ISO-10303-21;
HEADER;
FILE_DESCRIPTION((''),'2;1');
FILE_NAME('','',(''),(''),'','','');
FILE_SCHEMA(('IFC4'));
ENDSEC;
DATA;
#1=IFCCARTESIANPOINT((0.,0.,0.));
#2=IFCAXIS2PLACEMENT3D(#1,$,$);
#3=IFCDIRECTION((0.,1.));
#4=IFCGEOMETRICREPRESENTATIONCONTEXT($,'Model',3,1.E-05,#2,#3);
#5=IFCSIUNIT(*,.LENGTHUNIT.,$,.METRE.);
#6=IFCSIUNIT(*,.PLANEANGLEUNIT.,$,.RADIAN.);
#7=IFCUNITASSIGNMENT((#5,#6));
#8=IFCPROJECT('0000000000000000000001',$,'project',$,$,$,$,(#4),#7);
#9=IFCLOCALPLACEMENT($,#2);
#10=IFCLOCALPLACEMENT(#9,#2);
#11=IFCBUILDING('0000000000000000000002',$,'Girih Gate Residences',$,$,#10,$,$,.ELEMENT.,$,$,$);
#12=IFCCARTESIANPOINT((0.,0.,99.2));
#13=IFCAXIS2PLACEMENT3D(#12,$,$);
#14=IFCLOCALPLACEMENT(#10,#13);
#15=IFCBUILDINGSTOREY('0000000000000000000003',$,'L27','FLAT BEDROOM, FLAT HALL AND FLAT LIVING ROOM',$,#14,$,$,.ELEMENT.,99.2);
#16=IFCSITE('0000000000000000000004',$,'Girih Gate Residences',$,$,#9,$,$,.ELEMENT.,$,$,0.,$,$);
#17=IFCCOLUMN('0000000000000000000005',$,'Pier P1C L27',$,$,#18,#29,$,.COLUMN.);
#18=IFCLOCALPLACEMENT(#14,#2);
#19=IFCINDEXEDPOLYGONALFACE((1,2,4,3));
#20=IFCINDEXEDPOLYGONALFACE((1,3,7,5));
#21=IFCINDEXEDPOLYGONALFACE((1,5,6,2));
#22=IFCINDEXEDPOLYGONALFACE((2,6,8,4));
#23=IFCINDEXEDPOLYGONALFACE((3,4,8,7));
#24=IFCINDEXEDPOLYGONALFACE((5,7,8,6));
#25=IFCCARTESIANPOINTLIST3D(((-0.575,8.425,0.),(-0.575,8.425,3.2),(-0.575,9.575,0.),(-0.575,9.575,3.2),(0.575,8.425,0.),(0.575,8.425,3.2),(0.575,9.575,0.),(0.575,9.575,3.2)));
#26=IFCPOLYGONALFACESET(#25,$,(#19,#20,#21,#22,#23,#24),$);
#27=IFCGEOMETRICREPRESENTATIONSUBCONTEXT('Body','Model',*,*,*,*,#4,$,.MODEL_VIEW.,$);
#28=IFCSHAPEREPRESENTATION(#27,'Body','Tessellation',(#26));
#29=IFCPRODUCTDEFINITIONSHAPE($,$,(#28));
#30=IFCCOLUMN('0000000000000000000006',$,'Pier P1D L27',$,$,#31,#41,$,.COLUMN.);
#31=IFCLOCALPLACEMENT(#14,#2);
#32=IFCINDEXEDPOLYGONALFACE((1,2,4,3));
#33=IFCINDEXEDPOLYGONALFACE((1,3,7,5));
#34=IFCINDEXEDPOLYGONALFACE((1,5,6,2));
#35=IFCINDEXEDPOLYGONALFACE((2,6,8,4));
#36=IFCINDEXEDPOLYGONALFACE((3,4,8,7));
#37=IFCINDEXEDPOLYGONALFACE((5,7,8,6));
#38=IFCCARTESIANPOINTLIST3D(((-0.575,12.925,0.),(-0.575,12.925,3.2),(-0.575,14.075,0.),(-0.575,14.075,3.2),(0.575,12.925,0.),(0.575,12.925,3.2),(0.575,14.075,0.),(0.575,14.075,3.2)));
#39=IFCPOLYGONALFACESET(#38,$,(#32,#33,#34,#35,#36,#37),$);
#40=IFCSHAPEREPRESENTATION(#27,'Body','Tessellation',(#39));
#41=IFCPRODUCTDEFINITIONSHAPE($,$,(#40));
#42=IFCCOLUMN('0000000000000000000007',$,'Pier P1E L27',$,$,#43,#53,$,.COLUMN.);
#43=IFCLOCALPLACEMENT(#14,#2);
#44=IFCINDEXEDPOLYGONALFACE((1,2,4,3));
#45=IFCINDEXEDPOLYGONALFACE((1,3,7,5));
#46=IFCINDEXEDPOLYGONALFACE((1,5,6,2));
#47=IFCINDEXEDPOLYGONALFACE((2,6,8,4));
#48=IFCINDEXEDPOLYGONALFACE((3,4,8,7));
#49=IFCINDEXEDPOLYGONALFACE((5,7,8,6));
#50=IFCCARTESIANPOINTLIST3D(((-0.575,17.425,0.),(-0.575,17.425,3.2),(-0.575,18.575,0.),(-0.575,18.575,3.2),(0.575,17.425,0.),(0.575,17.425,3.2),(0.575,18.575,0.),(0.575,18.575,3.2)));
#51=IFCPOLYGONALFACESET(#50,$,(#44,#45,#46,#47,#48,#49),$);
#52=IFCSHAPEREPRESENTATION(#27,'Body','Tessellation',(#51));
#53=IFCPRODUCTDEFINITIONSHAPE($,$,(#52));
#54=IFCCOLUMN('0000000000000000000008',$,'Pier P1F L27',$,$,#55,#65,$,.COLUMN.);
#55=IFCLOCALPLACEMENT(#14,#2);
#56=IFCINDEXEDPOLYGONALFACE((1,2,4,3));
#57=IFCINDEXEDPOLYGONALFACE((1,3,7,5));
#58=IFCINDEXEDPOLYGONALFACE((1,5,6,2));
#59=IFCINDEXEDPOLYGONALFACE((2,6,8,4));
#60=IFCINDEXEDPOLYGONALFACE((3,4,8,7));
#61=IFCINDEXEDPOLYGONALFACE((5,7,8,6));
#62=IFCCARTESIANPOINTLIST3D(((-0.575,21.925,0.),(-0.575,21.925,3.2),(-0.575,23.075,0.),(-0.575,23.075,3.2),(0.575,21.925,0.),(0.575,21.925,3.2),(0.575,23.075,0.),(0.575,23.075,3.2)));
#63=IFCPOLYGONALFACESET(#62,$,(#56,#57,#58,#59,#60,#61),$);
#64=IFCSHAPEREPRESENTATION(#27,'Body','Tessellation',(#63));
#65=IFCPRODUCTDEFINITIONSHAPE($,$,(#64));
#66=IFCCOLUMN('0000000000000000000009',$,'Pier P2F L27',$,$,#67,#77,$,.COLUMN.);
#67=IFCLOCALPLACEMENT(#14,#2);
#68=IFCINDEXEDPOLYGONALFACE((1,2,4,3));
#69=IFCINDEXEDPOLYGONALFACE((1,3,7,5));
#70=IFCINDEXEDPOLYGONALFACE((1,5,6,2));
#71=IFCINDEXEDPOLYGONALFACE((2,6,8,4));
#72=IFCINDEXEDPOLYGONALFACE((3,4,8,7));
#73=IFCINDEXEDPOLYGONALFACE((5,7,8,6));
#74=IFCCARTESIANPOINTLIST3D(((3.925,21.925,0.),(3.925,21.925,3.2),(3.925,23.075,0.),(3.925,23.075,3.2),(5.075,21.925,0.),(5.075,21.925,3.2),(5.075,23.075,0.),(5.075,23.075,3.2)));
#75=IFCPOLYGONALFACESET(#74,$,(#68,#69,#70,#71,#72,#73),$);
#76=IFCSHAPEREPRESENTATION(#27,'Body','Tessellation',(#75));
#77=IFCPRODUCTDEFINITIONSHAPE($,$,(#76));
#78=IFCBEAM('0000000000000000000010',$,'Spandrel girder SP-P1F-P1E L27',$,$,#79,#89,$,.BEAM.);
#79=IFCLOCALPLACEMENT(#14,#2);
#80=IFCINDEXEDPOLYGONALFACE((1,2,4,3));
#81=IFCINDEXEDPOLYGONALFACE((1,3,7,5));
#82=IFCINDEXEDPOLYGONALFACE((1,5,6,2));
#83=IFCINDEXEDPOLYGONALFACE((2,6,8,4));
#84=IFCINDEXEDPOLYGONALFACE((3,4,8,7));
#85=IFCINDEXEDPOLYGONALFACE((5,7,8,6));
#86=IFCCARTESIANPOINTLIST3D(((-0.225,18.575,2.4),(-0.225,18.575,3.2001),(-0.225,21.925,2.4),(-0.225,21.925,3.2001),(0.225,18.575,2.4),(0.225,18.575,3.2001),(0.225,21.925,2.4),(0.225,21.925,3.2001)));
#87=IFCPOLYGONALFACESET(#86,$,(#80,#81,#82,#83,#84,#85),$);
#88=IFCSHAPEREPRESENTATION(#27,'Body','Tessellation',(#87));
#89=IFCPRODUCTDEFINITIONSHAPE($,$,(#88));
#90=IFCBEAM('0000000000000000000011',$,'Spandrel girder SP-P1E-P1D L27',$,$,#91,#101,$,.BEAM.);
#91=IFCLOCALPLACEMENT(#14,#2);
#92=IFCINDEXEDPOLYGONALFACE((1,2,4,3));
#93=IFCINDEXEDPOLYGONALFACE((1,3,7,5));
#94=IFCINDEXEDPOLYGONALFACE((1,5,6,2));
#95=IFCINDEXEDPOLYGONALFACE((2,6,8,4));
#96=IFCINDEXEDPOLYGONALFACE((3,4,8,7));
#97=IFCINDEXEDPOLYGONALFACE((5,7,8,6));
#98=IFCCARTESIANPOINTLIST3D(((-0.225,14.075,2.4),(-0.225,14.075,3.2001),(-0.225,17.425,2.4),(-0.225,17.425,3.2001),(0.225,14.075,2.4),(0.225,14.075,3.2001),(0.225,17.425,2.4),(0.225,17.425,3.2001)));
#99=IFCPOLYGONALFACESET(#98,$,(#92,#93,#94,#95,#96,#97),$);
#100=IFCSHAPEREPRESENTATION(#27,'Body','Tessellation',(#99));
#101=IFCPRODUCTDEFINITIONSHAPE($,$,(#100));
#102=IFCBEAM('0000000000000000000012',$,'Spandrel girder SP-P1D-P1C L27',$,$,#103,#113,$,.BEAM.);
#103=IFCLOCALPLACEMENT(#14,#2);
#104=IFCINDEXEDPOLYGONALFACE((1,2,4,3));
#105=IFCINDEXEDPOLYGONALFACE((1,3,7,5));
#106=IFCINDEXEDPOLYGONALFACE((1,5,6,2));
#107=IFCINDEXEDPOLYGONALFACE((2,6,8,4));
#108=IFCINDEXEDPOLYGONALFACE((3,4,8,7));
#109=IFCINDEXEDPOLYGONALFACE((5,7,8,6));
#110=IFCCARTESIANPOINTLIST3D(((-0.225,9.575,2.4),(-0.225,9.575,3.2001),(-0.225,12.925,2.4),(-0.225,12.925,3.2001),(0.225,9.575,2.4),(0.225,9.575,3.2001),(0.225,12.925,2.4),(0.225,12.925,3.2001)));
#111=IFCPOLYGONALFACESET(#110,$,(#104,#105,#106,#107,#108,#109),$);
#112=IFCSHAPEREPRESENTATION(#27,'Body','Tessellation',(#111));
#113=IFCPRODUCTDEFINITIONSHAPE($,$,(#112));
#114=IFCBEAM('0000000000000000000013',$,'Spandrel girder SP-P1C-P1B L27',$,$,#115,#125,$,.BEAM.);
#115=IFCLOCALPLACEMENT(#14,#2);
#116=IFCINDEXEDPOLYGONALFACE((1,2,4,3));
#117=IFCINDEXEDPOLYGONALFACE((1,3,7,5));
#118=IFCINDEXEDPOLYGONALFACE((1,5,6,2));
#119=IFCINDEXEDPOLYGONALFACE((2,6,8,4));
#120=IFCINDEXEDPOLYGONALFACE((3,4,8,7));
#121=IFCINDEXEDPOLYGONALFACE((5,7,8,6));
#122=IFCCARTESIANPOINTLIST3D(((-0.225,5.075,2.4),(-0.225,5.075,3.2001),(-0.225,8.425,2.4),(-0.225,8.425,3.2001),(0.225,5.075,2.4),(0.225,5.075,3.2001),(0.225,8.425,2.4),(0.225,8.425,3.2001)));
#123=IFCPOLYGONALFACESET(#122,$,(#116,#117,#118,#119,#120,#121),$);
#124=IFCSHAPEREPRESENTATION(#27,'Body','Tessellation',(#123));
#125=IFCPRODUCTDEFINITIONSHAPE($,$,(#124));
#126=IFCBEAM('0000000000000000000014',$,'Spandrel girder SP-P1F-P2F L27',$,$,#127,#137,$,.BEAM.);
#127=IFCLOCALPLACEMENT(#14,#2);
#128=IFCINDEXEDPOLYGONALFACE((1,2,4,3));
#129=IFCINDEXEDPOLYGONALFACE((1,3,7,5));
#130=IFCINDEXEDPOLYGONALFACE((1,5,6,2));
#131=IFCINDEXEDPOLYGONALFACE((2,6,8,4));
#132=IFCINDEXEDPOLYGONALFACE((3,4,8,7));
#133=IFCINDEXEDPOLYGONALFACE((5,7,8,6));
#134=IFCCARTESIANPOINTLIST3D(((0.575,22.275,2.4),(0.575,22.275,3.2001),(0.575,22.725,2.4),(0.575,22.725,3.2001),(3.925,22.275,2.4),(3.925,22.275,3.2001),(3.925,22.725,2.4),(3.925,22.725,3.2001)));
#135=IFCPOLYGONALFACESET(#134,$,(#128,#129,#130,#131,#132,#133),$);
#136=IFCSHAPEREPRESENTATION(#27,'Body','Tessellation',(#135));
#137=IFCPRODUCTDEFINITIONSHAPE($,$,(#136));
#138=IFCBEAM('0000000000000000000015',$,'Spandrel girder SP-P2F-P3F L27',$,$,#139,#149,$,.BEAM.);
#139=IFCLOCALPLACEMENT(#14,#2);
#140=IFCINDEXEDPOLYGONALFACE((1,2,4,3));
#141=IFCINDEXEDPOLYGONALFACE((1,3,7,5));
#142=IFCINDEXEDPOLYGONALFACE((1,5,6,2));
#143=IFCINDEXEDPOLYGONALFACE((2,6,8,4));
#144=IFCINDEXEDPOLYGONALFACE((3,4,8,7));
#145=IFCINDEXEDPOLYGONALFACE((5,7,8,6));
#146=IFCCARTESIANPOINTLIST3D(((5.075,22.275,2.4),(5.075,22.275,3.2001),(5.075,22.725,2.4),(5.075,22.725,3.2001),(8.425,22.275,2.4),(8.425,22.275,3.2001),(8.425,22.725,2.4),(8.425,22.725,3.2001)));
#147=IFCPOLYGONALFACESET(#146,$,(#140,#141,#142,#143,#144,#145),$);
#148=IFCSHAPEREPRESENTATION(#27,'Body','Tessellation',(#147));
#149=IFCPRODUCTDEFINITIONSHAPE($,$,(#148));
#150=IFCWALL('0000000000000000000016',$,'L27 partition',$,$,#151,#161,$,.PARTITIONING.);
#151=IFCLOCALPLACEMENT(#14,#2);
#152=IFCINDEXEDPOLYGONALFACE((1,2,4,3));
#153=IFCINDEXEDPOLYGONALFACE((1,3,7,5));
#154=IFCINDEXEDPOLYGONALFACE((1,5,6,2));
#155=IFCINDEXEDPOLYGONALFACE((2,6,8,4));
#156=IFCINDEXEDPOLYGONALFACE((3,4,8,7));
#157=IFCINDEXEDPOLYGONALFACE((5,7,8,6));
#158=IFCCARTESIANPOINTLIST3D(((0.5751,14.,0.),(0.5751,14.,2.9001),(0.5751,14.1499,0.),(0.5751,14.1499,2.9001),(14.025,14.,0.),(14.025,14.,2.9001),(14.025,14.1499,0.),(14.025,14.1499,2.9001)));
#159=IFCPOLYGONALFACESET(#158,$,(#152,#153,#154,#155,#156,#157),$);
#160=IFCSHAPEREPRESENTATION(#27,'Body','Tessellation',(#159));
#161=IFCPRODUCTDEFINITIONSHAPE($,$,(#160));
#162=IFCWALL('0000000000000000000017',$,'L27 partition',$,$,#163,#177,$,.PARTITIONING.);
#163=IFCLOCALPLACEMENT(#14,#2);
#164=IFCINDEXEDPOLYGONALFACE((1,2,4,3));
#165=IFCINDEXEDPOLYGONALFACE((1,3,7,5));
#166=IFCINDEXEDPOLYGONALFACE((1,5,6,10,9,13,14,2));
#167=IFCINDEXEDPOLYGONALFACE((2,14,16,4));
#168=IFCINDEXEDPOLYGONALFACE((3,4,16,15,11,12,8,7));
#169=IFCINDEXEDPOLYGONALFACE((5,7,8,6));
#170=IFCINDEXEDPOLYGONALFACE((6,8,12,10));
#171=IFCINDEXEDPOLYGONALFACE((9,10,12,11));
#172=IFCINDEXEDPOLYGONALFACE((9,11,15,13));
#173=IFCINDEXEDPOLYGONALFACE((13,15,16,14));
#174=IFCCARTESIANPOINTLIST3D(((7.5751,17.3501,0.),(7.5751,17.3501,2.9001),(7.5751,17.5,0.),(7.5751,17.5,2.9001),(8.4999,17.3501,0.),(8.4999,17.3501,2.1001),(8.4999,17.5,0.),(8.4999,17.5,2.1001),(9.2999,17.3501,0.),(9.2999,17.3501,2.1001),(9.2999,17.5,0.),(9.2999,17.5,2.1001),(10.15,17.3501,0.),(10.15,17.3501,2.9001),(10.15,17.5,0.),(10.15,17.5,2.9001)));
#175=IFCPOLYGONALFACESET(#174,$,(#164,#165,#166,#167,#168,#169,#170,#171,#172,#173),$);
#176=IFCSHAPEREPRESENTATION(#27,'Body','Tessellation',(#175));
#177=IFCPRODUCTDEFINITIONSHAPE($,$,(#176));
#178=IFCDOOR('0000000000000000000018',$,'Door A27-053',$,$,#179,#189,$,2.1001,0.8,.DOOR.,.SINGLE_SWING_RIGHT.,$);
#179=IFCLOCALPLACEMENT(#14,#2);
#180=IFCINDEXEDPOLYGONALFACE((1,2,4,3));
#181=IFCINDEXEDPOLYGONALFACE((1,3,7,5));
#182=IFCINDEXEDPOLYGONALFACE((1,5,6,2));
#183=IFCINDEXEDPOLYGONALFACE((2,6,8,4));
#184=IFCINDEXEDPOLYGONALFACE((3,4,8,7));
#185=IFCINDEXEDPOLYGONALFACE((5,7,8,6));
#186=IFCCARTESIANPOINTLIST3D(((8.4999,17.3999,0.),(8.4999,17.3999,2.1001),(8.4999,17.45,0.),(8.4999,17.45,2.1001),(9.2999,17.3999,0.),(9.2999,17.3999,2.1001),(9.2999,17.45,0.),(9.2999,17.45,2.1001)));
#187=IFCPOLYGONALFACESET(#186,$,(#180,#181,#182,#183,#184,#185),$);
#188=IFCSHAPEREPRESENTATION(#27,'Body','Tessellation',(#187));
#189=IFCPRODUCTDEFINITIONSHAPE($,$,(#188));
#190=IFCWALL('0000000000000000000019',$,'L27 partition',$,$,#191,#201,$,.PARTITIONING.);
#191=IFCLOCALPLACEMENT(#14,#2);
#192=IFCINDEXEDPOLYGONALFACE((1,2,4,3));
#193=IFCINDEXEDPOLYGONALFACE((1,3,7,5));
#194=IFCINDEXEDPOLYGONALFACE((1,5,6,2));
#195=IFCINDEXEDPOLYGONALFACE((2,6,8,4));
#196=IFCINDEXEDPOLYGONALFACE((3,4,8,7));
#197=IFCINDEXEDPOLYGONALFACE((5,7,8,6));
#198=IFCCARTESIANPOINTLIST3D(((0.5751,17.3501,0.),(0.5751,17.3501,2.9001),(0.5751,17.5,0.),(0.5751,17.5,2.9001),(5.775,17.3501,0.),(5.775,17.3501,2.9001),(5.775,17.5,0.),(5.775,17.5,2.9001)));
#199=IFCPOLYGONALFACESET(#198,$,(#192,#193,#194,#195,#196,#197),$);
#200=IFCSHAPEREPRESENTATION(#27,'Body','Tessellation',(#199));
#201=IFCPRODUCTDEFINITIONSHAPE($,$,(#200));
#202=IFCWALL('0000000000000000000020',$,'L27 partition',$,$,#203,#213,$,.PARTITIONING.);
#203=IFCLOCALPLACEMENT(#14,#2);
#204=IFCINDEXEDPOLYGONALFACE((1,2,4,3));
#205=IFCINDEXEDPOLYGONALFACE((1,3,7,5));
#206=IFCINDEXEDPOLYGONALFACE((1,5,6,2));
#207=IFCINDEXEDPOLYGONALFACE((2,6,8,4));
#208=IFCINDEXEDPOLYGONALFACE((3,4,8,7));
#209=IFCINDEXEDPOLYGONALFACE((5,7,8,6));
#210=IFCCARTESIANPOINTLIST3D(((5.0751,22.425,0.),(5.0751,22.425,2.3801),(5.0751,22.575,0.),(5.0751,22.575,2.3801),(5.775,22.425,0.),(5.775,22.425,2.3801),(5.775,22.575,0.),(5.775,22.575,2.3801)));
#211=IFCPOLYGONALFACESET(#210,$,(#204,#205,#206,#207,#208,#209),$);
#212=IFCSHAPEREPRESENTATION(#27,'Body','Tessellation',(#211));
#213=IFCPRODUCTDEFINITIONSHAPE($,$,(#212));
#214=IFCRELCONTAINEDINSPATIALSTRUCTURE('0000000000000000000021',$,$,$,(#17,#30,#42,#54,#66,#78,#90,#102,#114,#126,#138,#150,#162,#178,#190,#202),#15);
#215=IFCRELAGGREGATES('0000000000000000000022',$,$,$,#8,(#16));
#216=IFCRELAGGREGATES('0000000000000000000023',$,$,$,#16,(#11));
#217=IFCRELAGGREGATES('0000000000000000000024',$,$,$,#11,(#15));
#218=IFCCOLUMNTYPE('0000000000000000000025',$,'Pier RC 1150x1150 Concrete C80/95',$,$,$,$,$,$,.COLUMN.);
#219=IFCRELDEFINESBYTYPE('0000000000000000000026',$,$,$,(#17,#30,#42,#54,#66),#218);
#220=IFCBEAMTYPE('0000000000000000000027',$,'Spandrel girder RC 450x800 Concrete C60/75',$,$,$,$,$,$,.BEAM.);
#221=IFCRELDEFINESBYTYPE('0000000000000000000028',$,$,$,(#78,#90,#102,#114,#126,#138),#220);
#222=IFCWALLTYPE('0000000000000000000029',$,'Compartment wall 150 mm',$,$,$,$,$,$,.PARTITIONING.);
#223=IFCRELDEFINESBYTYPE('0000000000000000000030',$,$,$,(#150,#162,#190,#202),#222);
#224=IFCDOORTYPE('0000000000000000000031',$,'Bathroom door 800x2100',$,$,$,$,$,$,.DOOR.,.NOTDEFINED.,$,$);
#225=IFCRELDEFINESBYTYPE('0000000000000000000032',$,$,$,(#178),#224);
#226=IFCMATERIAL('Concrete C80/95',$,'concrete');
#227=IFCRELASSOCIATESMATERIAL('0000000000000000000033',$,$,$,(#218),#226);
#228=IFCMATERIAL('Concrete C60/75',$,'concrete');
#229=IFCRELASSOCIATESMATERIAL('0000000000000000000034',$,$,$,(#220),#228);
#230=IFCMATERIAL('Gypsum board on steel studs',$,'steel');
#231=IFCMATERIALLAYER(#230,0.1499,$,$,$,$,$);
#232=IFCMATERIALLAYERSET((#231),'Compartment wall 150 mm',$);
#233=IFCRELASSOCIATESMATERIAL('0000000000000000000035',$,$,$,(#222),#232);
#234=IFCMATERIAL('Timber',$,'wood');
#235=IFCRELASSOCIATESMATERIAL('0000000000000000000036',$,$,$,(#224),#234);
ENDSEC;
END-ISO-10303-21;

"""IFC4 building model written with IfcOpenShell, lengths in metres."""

from ifc_helpers import new_model, si_unit, direction, frame, frame_2d, origin, origin_2d, place, context, subcontext, project, spatial, rectangle, extrude, material, layer, layer_set, material_profile, profile_set, type_object, element, fill, save


model = new_model("IFC4")

# Units and contexts
model_context = context("Model", 3, precision=1e-05, world=origin(), true_north=direction((0.0, 1.0)))
body_context = subcontext(model_context, "Body", "Model", "MODEL_VIEW")
ifc_project = project(units=[si_unit("LENGTHUNIT", "METRE"), si_unit("PLANEANGLEUNIT", "RADIAN")], contexts=[model_context])

# Site, building, storey
site_placement = place(None, origin())
site = spatial("IfcSite", under=ifc_project, at=site_placement, Name="Girih Gate Residences", CompositionType="ELEMENT", RefElevation=0.0)
building_placement = place(site_placement, origin())
building = spatial("IfcBuilding", under=site, at=building_placement, Name="Girih Gate Residences", CompositionType="ELEMENT")
storey_placement = place(building_placement, frame((0.0, 0.0, 99.2)))
storey = spatial("IfcBuildingStorey", under=building, at=storey_placement, Name="L27", Description="FLAT BEDROOM, FLAT HALL AND FLAT LIVING ROOM", CompositionType="ELEMENT", Elevation=99.2)

# Columns
ifc_material_1 = material(Name="Concrete C80/95", Category="concrete")
ifc_material_profile_1 = material_profile(ifc_material_1, rectangle(XDim=1.1499, YDim=1.1499, at=origin_2d()))
ifc_profile_set_1 = profile_set([ifc_material_profile_1], Name="Concrete C80/95")
column_type = type_object("IfcColumnType", Name="Pier RC 1150x1150 Concrete C80/95", PredefinedType="COLUMN", material=ifc_profile_set_1)
for number, where, z_axis, x_axis, name in (
    (1, (0.0, 9.0, 0.0), (0.0, 0.0, 1.0), (1.0, 0.0, 0.0), "Pier P1C L27"),
    (2, (0.0, 13.5, 0.0), (0.0, 0.0, 1.0), (1.0, 0.0, 0.0), "Pier P1D L27"),
    (3, (0.0, 18.0, 0.0), (0.0, 0.0, 1.0), (1.0, 0.0, 0.0), "Pier P1E L27"),
    (4, (0.0, 22.5, 0.0), (0.0, 0.0, 1.0), (1.0, 0.0, 0.0), "Pier P1F L27"),
    (5, (4.5, 22.5, 0.0), (0.0, 0.0, 1.0), (1.0, 0.0, 0.0), "Pier P2F L27"),
):
    element("IfcColumn", number, at=place(storey_placement, frame(where, z_axis=z_axis, x_axis=x_axis)), inside=storey, type_object=column_type, Name=name, PredefinedType="COLUMN", context=body_context, shape_type="SweptSolid", body=[
        extrude(rectangle(XDim=1.1499, YDim=1.1499, at=origin_2d()), origin(), (0.0, 0.0, 1.0), 3.2),
    ])

# Beams
ifc_material_2 = material(Name="Concrete C60/75", Category="concrete")
ifc_material_profile_2 = material_profile(ifc_material_2, rectangle(XDim=0.45, YDim=0.8, at=origin_2d()))
ifc_profile_set_2 = profile_set([ifc_material_profile_2], Name="Concrete C60/75")
beam_type = type_object("IfcBeamType", Name="Spandrel girder RC 450x800 Concrete C60/75", PredefinedType="BEAM", material=ifc_profile_set_2)
for number, where, z_axis, x_axis, name in (
    (6, (0.0, 21.925, 2.8), (0.0, -1.0, 0.0), (1.0, 0.0, 0.0), "Spandrel girder SP-P1F-P1E L27"),
    (7, (0.0, 17.425, 2.8), (0.0, -1.0, 0.0), (1.0, 0.0, 0.0), "Spandrel girder SP-P1E-P1D L27"),
    (8, (0.0, 12.925, 2.8), (0.0, -1.0, 0.0), (1.0, 0.0, 0.0), "Spandrel girder SP-P1D-P1C L27"),
    (9, (0.0, 8.425, 2.8), (0.0, -1.0, 0.0), (1.0, 0.0, 0.0), "Spandrel girder SP-P1C-P1B L27"),
    (10, (0.575, 22.5, 2.8), (1.0, 0.0, 0.0), (0.0, 1.0, 0.0), "Spandrel girder SP-P1F-P2F L27"),
    (11, (5.075, 22.5, 2.8), (1.0, 0.0, 0.0), (0.0, 1.0, 0.0), "Spandrel girder SP-P2F-P3F L27"),
):
    element("IfcBeam", number, at=place(storey_placement, frame(where, z_axis=z_axis, x_axis=x_axis)), inside=storey, type_object=beam_type, Name=name, PredefinedType="BEAM", context=body_context, shape_type="SweptSolid", body=[
        extrude(rectangle(XDim=0.45, YDim=0.8, at=origin_2d()), origin(), (0.0, 0.0, 1.0), 3.3501),
    ])

# Wall
ifc_material_3 = material(Name="Gypsum board on steel studs", Category="steel")
ifc_layer_1 = layer(ifc_material_3, 0.1499)
ifc_layer_set_1 = layer_set([ifc_layer_1], Name="Compartment wall 150 mm")
wall_type_1 = type_object("IfcWallType", Name="Compartment wall 150 mm", PredefinedType="PARTITIONING", material=ifc_layer_set_1)
wall_1_placement = place(storey_placement, frame((0.575, 14.075, 0.0), z_axis=(0.0, 0.0, 1.0), x_axis=(1.0, 0.0, 0.0)))
element("IfcWall", 12, at=wall_1_placement, inside=storey, type_object=wall_type_1, Name="L27 partition", PredefinedType="PARTITIONING", context=body_context, shape_type="SweptSolid", body=[
    extrude(rectangle(XDim=13.45, YDim=0.1499, at=frame_2d((6.7251, 0.0))), origin(), (0.0, 0.0, 1.0), 2.9001),
])

# Wall, opening, door
wall_2_placement = place(storey_placement, frame((7.575, 17.425, 0.0), z_axis=(0.0, 0.0, 1.0), x_axis=(1.0, 0.0, 0.0)))
wall_2 = element("IfcWall", 13, at=wall_2_placement, inside=storey, type_object=wall_type_1, Name="L27 partition", PredefinedType="PARTITIONING", context=body_context, shape_type="SweptSolid", body=[
    extrude(rectangle(XDim=2.575, YDim=0.1499, at=frame_2d((1.2876, 0.0))), origin(), (0.0, 0.0, 1.0), 2.9001),
])
opening_1_placement = place(wall_2_placement, frame((0.925, 0.0, 0.0)))
opening_1 = element("IfcOpeningElement", 14, at=opening_1_placement, cuts=wall_2, PredefinedType="OPENING", context=body_context, shape_type="SweptSolid", body=[
    extrude(rectangle(XDim=0.8, YDim=2.1001, at=frame_2d((0.3999, 1.05))), frame((0.0, 0.085, 0.0), z_axis=(0.0, -1.0, 0.0), x_axis=(1.0, 0.0, 0.0)), (0.0, 0.0, 1.0), 0.1699),
])
ifc_material_4 = material(Name="Timber", Category="wood")
door_type_1 = type_object("IfcDoorType", Name="Bathroom door 800x2100", OperationType="NOTDEFINED", PredefinedType="DOOR", material=ifc_material_4)
door_1_placement = place(opening_1_placement, origin())
door_1 = element("IfcDoor", 15, at=door_1_placement, inside=storey, type_object=door_type_1, Name="Door A27-053", OperationType="SINGLE_SWING_RIGHT", OverallHeight=2.1001, OverallWidth=0.8, PredefinedType="DOOR", context=body_context, shape_type="SweptSolid", body=[
    extrude(rectangle(XDim=0.8, YDim=2.1001, at=frame_2d((0.3999, 1.05))), frame((0.0, 0.0249, 0.0), z_axis=(0.0, -1.0, 0.0), x_axis=(1.0, 0.0, 0.0)), (0.0, 0.0, 1.0), 0.05),
])
fill(opening_1, door_1)

# Walls
wall_3_placement = place(storey_placement, frame((0.575, 17.425, 0.0), z_axis=(0.0, 0.0, 1.0), x_axis=(1.0, 0.0, 0.0)))
element("IfcWall", 16, at=wall_3_placement, inside=storey, type_object=wall_type_1, Name="L27 partition", PredefinedType="PARTITIONING", context=body_context, shape_type="SweptSolid", body=[
    extrude(rectangle(XDim=5.2, YDim=0.1499, at=frame_2d((2.6001, 0.0))), origin(), (0.0, 0.0, 1.0), 2.9001),
])
wall_4_placement = place(storey_placement, frame((5.075, 22.5, 0.0), z_axis=(0.0, 0.0, 1.0), x_axis=(1.0, 0.0, 0.0)))
element("IfcWall", 17, at=wall_4_placement, inside=storey, type_object=wall_type_1, Name="L27 partition", PredefinedType="PARTITIONING", context=body_context, shape_type="SweptSolid", body=[
    extrude(rectangle(XDim=0.7, YDim=0.1499, at=frame_2d((0.3501, 0.0))), origin(), (0.0, 0.0, 1.0), 2.3801),
])

save(model, "model.ifc")
